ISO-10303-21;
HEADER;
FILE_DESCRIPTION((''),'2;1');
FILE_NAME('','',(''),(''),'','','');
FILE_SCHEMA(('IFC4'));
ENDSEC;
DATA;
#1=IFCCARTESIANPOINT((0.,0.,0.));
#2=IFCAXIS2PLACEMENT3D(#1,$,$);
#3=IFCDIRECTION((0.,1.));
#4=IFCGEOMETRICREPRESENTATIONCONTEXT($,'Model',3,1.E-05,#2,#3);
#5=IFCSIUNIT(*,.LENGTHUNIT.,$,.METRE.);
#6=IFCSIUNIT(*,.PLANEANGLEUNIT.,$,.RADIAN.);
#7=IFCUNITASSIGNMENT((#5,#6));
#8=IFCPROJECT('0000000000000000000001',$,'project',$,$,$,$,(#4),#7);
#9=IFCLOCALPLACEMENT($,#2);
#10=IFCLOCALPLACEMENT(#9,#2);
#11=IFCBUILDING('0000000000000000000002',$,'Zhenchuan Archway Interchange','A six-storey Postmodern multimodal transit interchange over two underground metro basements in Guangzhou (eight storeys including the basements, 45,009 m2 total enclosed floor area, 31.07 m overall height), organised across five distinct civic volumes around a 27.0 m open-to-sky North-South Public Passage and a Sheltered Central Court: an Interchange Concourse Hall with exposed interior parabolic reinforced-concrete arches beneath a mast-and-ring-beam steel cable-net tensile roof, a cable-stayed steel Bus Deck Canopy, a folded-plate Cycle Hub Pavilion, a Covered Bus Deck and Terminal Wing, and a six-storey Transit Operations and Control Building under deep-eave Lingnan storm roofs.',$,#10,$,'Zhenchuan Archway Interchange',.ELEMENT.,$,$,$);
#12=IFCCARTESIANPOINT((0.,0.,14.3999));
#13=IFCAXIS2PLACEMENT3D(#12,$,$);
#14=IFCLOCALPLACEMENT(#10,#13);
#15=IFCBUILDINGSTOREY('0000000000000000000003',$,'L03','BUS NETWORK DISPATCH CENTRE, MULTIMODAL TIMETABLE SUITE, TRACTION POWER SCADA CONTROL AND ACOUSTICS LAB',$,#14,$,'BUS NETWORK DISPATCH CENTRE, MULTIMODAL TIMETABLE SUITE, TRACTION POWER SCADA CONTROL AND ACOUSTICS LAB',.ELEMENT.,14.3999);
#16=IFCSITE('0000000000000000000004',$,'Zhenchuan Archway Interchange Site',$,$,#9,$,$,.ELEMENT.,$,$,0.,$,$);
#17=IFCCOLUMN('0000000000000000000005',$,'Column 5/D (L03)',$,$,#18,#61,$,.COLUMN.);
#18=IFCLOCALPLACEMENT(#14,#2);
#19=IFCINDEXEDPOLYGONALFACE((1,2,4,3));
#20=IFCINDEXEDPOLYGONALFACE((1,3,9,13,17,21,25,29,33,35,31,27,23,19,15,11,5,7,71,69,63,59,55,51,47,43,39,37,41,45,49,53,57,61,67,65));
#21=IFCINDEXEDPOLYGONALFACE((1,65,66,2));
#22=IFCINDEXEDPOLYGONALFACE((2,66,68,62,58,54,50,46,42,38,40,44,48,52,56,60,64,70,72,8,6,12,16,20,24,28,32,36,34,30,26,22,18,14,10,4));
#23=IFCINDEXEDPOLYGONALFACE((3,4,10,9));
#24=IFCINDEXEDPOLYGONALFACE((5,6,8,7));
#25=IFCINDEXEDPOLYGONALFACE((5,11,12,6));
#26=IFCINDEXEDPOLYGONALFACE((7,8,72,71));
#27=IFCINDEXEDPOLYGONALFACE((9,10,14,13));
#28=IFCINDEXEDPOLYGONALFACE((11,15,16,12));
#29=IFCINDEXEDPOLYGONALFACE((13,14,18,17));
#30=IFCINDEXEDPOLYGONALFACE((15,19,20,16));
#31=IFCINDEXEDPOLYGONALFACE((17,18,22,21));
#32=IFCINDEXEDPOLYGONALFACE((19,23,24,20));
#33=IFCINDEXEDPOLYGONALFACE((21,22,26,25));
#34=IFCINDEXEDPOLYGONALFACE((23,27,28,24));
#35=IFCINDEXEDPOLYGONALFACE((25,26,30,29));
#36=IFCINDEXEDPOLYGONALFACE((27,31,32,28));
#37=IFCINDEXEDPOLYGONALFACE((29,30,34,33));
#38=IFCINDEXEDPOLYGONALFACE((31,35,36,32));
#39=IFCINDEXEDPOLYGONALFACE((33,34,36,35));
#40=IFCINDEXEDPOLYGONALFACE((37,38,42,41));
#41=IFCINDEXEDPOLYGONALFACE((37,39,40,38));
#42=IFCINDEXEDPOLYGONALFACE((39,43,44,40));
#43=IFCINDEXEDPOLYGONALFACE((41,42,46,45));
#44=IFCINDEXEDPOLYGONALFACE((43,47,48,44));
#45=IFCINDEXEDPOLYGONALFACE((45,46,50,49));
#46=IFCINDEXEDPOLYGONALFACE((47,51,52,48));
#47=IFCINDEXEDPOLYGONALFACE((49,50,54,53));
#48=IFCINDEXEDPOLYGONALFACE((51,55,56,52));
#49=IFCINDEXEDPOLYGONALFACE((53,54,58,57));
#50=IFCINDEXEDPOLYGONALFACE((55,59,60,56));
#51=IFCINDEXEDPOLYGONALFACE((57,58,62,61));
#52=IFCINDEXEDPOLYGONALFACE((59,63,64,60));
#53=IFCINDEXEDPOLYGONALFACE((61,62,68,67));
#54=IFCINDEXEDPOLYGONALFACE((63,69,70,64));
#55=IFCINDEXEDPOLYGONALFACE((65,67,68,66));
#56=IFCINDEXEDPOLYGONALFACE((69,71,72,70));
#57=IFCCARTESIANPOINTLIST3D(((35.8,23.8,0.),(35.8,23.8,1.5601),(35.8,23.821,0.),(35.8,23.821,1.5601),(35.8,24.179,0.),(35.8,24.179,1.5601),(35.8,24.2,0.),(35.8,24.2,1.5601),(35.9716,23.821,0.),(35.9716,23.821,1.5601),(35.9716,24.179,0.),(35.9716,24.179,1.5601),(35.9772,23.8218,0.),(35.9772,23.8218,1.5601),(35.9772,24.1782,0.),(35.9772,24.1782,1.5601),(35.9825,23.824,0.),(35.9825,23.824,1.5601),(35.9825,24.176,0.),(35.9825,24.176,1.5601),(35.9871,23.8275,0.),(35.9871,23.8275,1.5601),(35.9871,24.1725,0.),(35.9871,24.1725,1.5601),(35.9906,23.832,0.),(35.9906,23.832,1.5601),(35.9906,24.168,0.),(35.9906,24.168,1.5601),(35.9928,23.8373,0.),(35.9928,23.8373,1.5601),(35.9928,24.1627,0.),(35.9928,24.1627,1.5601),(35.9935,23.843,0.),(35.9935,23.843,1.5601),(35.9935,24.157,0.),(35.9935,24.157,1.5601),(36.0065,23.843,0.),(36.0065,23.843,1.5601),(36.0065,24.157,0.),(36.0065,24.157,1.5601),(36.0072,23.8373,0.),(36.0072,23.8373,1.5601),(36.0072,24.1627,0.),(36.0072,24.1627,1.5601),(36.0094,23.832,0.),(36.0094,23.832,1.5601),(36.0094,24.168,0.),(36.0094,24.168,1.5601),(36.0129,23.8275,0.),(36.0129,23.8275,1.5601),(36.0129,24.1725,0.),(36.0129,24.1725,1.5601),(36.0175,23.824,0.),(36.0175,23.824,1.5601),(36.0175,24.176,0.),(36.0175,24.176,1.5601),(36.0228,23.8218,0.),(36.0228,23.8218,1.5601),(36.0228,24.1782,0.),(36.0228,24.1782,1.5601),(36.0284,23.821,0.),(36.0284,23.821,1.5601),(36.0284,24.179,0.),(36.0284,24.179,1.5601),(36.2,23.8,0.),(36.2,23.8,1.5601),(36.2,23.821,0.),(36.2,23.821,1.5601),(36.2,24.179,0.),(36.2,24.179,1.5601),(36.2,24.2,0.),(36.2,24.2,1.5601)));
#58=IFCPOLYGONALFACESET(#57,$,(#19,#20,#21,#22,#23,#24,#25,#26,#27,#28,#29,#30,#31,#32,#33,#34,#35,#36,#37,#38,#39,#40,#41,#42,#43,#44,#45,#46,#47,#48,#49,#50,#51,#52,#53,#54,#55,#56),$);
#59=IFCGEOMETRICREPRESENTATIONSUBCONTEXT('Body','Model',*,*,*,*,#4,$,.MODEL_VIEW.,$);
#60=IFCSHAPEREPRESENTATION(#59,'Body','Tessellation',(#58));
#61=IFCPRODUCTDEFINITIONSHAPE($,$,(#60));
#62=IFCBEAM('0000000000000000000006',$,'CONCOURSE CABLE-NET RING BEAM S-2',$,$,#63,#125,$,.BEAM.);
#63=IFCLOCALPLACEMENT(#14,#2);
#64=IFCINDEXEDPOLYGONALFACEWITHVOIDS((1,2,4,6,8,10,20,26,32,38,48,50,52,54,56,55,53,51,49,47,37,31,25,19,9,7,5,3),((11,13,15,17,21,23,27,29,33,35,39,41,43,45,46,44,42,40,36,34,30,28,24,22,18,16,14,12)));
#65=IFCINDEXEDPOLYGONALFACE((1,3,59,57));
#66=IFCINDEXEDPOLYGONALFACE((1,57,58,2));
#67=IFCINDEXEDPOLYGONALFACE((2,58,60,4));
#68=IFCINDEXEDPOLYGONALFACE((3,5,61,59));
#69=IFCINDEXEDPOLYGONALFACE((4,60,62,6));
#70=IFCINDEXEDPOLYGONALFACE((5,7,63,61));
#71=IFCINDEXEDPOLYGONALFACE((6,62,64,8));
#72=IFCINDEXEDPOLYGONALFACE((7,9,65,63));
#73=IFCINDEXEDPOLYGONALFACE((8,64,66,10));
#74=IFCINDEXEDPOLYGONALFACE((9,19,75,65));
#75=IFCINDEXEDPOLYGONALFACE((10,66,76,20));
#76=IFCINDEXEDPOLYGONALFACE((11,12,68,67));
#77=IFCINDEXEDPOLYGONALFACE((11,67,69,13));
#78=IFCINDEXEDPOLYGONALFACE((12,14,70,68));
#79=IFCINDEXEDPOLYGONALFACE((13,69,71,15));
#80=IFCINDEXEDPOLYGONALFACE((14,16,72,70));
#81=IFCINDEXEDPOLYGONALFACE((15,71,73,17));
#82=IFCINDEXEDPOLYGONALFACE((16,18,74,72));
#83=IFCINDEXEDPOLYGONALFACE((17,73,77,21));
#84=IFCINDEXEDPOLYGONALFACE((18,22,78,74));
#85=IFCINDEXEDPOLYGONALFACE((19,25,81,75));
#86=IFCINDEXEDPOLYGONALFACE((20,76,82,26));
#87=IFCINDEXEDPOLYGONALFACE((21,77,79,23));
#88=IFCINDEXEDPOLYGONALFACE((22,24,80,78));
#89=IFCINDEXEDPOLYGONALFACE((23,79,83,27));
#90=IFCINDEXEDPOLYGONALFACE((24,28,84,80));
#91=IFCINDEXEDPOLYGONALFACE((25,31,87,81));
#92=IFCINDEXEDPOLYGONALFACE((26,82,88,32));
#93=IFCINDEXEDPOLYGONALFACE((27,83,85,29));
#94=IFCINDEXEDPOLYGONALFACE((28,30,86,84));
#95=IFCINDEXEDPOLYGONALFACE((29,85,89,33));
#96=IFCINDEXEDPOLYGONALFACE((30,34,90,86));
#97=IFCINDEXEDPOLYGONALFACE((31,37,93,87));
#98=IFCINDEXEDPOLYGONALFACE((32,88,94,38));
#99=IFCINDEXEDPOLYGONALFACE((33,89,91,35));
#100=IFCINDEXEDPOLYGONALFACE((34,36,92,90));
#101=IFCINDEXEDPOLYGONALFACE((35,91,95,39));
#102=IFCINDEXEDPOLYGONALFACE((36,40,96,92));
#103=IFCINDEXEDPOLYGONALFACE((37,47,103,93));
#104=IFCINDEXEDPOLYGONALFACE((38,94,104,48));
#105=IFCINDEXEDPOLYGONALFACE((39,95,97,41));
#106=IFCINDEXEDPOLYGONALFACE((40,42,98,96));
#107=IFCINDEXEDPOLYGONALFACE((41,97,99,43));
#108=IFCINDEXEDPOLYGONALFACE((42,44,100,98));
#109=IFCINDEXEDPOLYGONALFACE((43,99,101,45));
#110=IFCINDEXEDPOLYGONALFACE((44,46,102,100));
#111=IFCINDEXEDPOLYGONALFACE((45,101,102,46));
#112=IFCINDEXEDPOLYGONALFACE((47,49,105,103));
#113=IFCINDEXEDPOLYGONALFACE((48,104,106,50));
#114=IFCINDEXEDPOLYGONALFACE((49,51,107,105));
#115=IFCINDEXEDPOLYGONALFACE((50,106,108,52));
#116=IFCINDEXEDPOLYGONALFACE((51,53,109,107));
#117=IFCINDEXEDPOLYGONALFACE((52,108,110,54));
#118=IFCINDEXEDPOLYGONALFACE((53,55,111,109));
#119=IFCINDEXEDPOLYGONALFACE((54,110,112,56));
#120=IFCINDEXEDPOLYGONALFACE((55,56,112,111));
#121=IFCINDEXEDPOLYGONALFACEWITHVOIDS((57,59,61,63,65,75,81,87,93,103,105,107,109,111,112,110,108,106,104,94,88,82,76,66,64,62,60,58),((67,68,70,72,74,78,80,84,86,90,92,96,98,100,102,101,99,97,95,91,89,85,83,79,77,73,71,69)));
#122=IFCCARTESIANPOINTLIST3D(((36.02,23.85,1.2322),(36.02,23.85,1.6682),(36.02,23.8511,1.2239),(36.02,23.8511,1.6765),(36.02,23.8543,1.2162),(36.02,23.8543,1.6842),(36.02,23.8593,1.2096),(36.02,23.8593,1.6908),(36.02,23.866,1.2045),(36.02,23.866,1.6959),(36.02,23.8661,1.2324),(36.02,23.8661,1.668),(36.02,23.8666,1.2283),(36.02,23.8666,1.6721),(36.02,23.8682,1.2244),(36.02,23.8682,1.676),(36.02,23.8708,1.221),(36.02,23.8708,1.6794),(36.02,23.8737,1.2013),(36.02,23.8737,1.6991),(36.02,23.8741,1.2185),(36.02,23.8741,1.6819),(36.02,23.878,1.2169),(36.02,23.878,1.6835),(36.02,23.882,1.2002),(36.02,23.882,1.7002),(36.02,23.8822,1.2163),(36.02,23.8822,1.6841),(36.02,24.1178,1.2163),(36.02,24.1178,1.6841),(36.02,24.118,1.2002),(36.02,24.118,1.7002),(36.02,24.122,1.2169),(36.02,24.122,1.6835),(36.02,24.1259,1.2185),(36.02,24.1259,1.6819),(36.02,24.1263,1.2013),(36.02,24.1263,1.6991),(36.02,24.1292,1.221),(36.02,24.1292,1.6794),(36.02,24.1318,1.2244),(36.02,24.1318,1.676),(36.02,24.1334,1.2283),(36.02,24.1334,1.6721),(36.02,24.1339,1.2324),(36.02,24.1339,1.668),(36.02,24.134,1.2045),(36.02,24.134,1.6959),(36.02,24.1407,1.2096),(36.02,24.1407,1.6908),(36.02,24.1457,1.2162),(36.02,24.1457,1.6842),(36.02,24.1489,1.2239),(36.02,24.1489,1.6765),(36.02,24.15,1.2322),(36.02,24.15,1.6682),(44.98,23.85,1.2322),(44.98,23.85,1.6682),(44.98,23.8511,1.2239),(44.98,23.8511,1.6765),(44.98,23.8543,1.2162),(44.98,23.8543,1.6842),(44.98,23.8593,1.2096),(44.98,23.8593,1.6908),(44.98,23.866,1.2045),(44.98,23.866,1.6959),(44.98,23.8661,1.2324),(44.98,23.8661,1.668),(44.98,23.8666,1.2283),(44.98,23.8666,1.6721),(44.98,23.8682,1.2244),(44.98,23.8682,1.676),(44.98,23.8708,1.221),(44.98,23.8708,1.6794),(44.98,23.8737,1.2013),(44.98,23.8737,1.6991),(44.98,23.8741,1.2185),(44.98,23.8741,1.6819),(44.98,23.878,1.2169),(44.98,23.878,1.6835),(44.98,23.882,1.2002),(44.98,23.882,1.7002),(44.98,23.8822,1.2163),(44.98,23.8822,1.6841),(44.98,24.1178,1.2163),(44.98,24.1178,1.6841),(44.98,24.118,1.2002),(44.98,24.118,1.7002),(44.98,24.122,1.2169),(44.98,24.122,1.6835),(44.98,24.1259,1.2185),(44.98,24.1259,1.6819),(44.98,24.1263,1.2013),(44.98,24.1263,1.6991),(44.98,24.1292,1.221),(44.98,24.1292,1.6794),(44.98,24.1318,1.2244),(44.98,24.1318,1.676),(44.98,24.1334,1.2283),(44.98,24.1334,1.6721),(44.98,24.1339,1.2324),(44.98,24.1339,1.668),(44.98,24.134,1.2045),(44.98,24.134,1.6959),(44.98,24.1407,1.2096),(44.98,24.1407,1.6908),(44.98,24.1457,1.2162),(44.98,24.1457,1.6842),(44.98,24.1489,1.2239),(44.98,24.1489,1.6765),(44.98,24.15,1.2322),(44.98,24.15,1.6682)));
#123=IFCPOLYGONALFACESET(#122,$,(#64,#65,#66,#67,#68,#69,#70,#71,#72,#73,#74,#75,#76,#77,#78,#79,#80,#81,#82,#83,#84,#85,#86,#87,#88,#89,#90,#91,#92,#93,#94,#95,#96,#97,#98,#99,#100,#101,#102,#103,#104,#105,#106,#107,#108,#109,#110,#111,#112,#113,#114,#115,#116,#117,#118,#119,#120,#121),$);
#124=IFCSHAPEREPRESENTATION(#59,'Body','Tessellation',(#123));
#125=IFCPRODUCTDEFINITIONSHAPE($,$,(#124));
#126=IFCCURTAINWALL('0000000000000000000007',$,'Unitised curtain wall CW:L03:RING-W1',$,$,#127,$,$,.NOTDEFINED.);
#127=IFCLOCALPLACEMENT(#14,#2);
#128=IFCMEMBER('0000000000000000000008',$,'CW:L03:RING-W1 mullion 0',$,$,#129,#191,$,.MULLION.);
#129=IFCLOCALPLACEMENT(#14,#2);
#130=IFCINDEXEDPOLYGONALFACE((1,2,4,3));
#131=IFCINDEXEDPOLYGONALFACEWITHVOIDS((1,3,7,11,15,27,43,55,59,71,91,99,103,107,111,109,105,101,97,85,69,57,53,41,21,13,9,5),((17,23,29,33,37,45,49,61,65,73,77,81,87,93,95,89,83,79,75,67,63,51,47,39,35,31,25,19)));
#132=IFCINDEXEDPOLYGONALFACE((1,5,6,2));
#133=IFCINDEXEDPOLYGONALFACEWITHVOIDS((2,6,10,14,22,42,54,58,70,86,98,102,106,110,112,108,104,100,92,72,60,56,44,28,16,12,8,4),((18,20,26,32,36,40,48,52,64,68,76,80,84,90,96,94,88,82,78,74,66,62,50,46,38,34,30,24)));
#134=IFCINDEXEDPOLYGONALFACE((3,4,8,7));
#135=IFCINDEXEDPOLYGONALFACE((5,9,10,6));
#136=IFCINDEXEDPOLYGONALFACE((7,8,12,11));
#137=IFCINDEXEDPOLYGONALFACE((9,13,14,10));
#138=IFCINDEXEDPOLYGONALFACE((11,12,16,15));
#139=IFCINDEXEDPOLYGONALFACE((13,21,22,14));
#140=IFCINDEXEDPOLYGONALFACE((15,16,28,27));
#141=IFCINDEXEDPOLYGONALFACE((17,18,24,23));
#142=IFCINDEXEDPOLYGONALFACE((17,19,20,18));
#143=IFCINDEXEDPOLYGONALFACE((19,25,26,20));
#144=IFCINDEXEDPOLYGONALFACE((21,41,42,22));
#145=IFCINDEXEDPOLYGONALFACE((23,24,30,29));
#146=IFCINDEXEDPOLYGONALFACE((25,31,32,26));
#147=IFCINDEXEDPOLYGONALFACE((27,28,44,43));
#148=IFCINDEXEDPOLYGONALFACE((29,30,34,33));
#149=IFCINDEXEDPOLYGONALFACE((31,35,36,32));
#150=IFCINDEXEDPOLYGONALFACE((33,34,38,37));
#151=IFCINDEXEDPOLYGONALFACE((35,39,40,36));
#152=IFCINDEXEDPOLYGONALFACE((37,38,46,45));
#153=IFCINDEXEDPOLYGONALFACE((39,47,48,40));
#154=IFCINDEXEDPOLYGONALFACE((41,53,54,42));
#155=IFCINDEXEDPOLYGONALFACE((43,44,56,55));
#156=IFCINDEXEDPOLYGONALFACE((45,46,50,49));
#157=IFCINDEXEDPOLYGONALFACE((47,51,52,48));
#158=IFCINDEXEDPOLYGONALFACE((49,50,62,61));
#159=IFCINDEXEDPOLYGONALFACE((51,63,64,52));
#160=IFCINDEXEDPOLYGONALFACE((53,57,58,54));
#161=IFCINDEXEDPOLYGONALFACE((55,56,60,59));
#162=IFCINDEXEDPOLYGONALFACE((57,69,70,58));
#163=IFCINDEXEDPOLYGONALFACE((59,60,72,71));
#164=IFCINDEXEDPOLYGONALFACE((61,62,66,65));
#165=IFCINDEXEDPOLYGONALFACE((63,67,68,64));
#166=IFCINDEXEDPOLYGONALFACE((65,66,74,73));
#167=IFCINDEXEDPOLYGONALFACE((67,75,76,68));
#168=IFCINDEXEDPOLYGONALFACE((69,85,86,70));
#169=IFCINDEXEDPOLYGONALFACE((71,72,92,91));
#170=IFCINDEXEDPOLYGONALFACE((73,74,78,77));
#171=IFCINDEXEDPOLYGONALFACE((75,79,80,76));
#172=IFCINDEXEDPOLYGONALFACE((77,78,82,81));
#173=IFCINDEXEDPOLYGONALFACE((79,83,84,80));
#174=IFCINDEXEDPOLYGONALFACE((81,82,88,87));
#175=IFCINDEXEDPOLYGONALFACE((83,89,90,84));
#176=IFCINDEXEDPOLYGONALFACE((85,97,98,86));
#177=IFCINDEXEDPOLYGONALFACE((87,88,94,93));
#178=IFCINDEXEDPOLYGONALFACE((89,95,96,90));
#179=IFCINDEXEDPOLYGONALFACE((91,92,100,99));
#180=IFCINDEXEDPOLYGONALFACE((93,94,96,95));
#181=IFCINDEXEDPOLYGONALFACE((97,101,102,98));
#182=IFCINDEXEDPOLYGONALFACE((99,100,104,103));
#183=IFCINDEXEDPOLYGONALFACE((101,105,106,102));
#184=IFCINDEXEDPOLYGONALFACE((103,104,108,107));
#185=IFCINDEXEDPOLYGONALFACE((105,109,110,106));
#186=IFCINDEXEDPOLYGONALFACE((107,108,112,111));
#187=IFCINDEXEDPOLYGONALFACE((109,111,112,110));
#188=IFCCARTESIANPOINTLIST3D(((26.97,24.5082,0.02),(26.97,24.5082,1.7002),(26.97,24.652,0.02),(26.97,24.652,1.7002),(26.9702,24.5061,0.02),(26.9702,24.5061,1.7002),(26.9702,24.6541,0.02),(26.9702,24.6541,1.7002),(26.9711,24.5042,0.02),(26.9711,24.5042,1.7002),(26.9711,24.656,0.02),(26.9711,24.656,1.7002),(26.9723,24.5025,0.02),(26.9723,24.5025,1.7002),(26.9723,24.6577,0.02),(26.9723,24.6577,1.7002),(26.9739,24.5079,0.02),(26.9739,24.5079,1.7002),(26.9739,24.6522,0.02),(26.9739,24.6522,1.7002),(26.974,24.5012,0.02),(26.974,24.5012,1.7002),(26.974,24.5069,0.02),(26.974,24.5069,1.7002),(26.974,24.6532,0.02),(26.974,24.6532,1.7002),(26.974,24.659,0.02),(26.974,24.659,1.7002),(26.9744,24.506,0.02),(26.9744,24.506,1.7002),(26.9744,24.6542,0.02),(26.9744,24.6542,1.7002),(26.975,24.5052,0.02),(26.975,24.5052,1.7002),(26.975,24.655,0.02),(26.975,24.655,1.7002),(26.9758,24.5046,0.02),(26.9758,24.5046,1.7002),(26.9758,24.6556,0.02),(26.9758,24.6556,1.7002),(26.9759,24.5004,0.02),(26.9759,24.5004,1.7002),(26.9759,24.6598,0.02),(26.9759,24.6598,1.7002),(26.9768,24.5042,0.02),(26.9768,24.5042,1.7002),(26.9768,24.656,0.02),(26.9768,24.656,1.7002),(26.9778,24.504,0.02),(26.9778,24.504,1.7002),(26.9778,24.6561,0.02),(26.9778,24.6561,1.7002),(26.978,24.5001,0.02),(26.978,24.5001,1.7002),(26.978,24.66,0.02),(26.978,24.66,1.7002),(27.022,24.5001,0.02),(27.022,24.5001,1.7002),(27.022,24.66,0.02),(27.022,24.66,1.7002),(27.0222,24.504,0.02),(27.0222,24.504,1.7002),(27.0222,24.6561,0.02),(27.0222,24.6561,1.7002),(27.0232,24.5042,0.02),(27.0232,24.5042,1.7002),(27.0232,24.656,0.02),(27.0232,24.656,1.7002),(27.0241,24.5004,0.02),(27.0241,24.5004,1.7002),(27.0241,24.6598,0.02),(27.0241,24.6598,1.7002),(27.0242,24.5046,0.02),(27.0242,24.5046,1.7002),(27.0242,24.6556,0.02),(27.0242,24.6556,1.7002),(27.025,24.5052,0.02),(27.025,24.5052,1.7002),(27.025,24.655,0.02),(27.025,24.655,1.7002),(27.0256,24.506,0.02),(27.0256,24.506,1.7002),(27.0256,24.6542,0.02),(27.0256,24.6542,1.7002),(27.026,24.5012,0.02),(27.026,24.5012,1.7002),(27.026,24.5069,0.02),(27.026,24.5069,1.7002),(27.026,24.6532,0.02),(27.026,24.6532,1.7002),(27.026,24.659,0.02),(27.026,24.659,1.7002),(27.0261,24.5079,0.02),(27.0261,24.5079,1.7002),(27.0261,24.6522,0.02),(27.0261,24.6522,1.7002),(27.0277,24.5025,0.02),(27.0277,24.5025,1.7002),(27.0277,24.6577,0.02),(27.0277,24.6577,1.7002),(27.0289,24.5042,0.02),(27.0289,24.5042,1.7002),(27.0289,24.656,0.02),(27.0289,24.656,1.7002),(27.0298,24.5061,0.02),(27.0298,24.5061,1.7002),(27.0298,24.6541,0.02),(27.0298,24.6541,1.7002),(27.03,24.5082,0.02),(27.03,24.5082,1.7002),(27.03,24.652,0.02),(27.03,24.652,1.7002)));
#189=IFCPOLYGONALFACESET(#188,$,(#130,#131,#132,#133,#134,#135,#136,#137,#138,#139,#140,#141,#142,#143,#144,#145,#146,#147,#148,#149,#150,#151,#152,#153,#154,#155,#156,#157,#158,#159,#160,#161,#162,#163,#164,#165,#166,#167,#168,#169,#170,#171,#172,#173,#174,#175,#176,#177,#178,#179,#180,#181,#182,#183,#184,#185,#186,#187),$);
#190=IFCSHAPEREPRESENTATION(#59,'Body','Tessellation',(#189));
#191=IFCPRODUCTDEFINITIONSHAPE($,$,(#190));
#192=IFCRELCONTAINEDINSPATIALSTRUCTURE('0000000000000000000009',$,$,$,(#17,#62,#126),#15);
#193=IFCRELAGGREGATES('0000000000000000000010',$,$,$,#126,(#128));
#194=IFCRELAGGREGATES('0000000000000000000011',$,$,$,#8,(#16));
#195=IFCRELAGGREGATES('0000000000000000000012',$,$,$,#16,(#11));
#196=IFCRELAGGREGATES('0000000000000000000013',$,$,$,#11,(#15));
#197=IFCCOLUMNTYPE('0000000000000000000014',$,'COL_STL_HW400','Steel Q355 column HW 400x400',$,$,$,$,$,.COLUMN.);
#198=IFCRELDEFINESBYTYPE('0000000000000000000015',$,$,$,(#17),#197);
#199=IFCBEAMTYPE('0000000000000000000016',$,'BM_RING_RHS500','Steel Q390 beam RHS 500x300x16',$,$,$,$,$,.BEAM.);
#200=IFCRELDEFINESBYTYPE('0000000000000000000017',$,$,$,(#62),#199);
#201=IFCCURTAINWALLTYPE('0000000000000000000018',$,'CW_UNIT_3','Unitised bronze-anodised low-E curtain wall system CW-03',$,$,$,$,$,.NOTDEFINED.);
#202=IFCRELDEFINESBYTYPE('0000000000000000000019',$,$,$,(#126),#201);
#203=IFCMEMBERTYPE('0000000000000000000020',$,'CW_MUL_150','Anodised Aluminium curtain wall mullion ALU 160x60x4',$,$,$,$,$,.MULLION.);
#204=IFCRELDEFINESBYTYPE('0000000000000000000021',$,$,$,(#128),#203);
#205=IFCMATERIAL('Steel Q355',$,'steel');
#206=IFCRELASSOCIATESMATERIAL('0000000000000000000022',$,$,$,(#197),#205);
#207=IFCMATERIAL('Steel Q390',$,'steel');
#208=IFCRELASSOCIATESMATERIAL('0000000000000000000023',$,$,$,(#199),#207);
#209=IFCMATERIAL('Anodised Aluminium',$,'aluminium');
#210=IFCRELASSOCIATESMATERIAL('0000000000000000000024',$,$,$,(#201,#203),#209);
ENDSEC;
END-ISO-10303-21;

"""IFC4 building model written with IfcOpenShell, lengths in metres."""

from ifc_helpers import new_model, si_unit, direction, frame, origin, origin_2d, place, context, subcontext, project, spatial, hollow_rectangle, i_section, extrude, material, material_profile, profile_set, type_object, element, aggregate, save


model = new_model("IFC4")

# Units and contexts
model_context = context("Model", 3, precision=1e-05, world=origin(), true_north=direction((0.0, 1.0)))
body_context = subcontext(model_context, "Body", "Model", "MODEL_VIEW")
ifc_project = project(units=[si_unit("LENGTHUNIT", "METRE"), si_unit("PLANEANGLEUNIT", "RADIAN")], contexts=[model_context])

# Site, building, storey
site_placement = place(None, origin())
site = spatial("IfcSite", under=ifc_project, at=site_placement, Name="Zhenchuan Archway Interchange Site", CompositionType="ELEMENT", RefElevation=0.0)
building_placement = place(site_placement, origin())
building = spatial("IfcBuilding", under=site, at=building_placement, Name="Zhenchuan Archway Interchange", Description="A six-storey Postmodern multimodal transit interchange over two underground metro basements in Guangzhou (eight storeys including the basements, 45,009 m2 total enclosed floor area, 31.07 m overall height), organised across five distinct civic volumes around a 27.0 m open-to-sky North-South Public Passage and a Sheltered Central Court: an Interchange Concourse Hall with exposed interior parabolic reinforced-concrete arches beneath a mast-and-ring-beam steel cable-net tensile roof, a cable-stayed steel Bus Deck Canopy, a folded-plate Cycle Hub Pavilion, a Covered Bus Deck and Terminal Wing, and a six-storey Transit Operations and Control Building under deep-eave Lingnan storm roofs.", LongName="Zhenchuan Archway Interchange", CompositionType="ELEMENT")
storey_placement = place(building_placement, frame((0.0, 0.0, 14.3999)))
storey = spatial("IfcBuildingStorey", under=building, at=storey_placement, Name="L03", Description="BUS NETWORK DISPATCH CENTRE, MULTIMODAL TIMETABLE SUITE, TRACTION POWER SCADA CONTROL AND ACOUSTICS LAB", LongName="BUS NETWORK DISPATCH CENTRE, MULTIMODAL TIMETABLE SUITE, TRACTION POWER SCADA CONTROL AND ACOUSTICS LAB", CompositionType="ELEMENT", Elevation=14.3999)

# Column
ifc_material_1 = material(Name="Steel Q355", Category="steel")
ifc_material_profile_1 = material_profile(ifc_material_1, i_section(OverallWidth=0.3999, OverallDepth=0.3999, WebThickness=0.0129, FlangeThickness=0.021, FilletRadius=0.022, at=origin_2d()), Name="HW 400x400")
ifc_profile_set_1 = profile_set([ifc_material_profile_1], Name="Steel Q355")
column_type = type_object("IfcColumnType", Name="COL_STL_HW400", Description="Steel Q355 column HW 400x400", PredefinedType="COLUMN", material=ifc_profile_set_1)
column_placement = place(storey_placement, frame((36.0, 24.0, 0.0), z_axis=(0.0, 0.0, 1.0), x_axis=(1.0, 0.0, 0.0)))
element("IfcColumn", 1, at=column_placement, inside=storey, type_object=column_type, Name="Column 5/D (L03)", PredefinedType="COLUMN", context=body_context, shape_type="SweptSolid", body=[
    extrude(i_section(OverallWidth=0.3999, OverallDepth=0.3999, WebThickness=0.0129, FlangeThickness=0.021, FilletRadius=0.022, at=origin_2d()), origin(), (0.0, 0.0, 1.0), 1.5601),
])

# Beam
ifc_material_2 = material(Name="Steel Q390", Category="steel")
ifc_material_profile_2 = material_profile(ifc_material_2, hollow_rectangle(XDim=0.3, YDim=0.5, WallThickness=0.0161, InnerFilletRadius=0.0161, OuterFilletRadius=0.032, at=origin_2d()), Name="RHS 500x300x16")
ifc_profile_set_2 = profile_set([ifc_material_profile_2], Name="Steel Q390")
beam_type = type_object("IfcBeamType", Name="BM_RING_RHS500", Description="Steel Q390 beam RHS 500x300x16", PredefinedType="BEAM", material=ifc_profile_set_2)
beam_placement = place(storey_placement, frame((36.02, 24.0, 1.4502), z_axis=(1.0, 0.0, 0.0), x_axis=(0.0, 1.0, 0.0)))
element("IfcBeam", 2, at=beam_placement, inside=storey, type_object=beam_type, Name="CONCOURSE CABLE-NET RING BEAM S-2", PredefinedType="BEAM", context=body_context, shape_type="SweptSolid", body=[
    extrude(hollow_rectangle(XDim=0.3, YDim=0.5, WallThickness=0.0161, InnerFilletRadius=0.0161, OuterFilletRadius=0.032, at=origin_2d()), origin(), (0.0, 0.0, 1.0), 8.96),
])

# Curtain wall, member
ifc_material_3 = material(Name="Anodised Aluminium", Category="aluminium")
curtain_wall_type_1 = type_object("IfcCurtainWallType", Name="CW_UNIT_3", Description="Unitised bronze-anodised low-E curtain wall system CW-03", PredefinedType="NOTDEFINED", material=ifc_material_3)
curtain_wall_1_placement = place(storey_placement, origin())
curtain_wall_1 = element("IfcCurtainWall", 3, at=curtain_wall_1_placement, inside=storey, type_object=curtain_wall_type_1, Name="Unitised curtain wall CW:L03:RING-W1", PredefinedType="NOTDEFINED")
ifc_material_profile_3 = material_profile(ifc_material_3, hollow_rectangle(XDim=0.0601, YDim=0.1599, WallThickness=0.0039, InnerFilletRadius=0.0039, OuterFilletRadius=0.0081, at=origin_2d()), Name="ALU 160x60x4")
ifc_profile_set_3 = profile_set([ifc_material_profile_3], Name="Anodised Aluminium")
member_type_1 = type_object("IfcMemberType", Name="CW_MUL_150", Description="Anodised Aluminium curtain wall mullion ALU 160x60x4", PredefinedType="MULLION", material=ifc_profile_set_3)
member_1_placement = place(storey_placement, frame((27.0, 24.5801, 0.02), z_axis=(0.0, 0.0, 1.0), x_axis=(1.0, 0.0, 0.0)))
member_1 = element("IfcMember", 4, at=member_1_placement, type_object=member_type_1, Name="CW:L03:RING-W1 mullion 0", PredefinedType="MULLION", context=body_context, shape_type="SweptSolid", body=[
    extrude(hollow_rectangle(XDim=0.0601, YDim=0.1599, WallThickness=0.0039, InnerFilletRadius=0.0039, OuterFilletRadius=0.0081, at=origin_2d()), origin(), (0.0, 0.0, 1.0), 1.6802),
])

aggregate(curtain_wall_1, [member_1])

save(model, "model.ifc")
